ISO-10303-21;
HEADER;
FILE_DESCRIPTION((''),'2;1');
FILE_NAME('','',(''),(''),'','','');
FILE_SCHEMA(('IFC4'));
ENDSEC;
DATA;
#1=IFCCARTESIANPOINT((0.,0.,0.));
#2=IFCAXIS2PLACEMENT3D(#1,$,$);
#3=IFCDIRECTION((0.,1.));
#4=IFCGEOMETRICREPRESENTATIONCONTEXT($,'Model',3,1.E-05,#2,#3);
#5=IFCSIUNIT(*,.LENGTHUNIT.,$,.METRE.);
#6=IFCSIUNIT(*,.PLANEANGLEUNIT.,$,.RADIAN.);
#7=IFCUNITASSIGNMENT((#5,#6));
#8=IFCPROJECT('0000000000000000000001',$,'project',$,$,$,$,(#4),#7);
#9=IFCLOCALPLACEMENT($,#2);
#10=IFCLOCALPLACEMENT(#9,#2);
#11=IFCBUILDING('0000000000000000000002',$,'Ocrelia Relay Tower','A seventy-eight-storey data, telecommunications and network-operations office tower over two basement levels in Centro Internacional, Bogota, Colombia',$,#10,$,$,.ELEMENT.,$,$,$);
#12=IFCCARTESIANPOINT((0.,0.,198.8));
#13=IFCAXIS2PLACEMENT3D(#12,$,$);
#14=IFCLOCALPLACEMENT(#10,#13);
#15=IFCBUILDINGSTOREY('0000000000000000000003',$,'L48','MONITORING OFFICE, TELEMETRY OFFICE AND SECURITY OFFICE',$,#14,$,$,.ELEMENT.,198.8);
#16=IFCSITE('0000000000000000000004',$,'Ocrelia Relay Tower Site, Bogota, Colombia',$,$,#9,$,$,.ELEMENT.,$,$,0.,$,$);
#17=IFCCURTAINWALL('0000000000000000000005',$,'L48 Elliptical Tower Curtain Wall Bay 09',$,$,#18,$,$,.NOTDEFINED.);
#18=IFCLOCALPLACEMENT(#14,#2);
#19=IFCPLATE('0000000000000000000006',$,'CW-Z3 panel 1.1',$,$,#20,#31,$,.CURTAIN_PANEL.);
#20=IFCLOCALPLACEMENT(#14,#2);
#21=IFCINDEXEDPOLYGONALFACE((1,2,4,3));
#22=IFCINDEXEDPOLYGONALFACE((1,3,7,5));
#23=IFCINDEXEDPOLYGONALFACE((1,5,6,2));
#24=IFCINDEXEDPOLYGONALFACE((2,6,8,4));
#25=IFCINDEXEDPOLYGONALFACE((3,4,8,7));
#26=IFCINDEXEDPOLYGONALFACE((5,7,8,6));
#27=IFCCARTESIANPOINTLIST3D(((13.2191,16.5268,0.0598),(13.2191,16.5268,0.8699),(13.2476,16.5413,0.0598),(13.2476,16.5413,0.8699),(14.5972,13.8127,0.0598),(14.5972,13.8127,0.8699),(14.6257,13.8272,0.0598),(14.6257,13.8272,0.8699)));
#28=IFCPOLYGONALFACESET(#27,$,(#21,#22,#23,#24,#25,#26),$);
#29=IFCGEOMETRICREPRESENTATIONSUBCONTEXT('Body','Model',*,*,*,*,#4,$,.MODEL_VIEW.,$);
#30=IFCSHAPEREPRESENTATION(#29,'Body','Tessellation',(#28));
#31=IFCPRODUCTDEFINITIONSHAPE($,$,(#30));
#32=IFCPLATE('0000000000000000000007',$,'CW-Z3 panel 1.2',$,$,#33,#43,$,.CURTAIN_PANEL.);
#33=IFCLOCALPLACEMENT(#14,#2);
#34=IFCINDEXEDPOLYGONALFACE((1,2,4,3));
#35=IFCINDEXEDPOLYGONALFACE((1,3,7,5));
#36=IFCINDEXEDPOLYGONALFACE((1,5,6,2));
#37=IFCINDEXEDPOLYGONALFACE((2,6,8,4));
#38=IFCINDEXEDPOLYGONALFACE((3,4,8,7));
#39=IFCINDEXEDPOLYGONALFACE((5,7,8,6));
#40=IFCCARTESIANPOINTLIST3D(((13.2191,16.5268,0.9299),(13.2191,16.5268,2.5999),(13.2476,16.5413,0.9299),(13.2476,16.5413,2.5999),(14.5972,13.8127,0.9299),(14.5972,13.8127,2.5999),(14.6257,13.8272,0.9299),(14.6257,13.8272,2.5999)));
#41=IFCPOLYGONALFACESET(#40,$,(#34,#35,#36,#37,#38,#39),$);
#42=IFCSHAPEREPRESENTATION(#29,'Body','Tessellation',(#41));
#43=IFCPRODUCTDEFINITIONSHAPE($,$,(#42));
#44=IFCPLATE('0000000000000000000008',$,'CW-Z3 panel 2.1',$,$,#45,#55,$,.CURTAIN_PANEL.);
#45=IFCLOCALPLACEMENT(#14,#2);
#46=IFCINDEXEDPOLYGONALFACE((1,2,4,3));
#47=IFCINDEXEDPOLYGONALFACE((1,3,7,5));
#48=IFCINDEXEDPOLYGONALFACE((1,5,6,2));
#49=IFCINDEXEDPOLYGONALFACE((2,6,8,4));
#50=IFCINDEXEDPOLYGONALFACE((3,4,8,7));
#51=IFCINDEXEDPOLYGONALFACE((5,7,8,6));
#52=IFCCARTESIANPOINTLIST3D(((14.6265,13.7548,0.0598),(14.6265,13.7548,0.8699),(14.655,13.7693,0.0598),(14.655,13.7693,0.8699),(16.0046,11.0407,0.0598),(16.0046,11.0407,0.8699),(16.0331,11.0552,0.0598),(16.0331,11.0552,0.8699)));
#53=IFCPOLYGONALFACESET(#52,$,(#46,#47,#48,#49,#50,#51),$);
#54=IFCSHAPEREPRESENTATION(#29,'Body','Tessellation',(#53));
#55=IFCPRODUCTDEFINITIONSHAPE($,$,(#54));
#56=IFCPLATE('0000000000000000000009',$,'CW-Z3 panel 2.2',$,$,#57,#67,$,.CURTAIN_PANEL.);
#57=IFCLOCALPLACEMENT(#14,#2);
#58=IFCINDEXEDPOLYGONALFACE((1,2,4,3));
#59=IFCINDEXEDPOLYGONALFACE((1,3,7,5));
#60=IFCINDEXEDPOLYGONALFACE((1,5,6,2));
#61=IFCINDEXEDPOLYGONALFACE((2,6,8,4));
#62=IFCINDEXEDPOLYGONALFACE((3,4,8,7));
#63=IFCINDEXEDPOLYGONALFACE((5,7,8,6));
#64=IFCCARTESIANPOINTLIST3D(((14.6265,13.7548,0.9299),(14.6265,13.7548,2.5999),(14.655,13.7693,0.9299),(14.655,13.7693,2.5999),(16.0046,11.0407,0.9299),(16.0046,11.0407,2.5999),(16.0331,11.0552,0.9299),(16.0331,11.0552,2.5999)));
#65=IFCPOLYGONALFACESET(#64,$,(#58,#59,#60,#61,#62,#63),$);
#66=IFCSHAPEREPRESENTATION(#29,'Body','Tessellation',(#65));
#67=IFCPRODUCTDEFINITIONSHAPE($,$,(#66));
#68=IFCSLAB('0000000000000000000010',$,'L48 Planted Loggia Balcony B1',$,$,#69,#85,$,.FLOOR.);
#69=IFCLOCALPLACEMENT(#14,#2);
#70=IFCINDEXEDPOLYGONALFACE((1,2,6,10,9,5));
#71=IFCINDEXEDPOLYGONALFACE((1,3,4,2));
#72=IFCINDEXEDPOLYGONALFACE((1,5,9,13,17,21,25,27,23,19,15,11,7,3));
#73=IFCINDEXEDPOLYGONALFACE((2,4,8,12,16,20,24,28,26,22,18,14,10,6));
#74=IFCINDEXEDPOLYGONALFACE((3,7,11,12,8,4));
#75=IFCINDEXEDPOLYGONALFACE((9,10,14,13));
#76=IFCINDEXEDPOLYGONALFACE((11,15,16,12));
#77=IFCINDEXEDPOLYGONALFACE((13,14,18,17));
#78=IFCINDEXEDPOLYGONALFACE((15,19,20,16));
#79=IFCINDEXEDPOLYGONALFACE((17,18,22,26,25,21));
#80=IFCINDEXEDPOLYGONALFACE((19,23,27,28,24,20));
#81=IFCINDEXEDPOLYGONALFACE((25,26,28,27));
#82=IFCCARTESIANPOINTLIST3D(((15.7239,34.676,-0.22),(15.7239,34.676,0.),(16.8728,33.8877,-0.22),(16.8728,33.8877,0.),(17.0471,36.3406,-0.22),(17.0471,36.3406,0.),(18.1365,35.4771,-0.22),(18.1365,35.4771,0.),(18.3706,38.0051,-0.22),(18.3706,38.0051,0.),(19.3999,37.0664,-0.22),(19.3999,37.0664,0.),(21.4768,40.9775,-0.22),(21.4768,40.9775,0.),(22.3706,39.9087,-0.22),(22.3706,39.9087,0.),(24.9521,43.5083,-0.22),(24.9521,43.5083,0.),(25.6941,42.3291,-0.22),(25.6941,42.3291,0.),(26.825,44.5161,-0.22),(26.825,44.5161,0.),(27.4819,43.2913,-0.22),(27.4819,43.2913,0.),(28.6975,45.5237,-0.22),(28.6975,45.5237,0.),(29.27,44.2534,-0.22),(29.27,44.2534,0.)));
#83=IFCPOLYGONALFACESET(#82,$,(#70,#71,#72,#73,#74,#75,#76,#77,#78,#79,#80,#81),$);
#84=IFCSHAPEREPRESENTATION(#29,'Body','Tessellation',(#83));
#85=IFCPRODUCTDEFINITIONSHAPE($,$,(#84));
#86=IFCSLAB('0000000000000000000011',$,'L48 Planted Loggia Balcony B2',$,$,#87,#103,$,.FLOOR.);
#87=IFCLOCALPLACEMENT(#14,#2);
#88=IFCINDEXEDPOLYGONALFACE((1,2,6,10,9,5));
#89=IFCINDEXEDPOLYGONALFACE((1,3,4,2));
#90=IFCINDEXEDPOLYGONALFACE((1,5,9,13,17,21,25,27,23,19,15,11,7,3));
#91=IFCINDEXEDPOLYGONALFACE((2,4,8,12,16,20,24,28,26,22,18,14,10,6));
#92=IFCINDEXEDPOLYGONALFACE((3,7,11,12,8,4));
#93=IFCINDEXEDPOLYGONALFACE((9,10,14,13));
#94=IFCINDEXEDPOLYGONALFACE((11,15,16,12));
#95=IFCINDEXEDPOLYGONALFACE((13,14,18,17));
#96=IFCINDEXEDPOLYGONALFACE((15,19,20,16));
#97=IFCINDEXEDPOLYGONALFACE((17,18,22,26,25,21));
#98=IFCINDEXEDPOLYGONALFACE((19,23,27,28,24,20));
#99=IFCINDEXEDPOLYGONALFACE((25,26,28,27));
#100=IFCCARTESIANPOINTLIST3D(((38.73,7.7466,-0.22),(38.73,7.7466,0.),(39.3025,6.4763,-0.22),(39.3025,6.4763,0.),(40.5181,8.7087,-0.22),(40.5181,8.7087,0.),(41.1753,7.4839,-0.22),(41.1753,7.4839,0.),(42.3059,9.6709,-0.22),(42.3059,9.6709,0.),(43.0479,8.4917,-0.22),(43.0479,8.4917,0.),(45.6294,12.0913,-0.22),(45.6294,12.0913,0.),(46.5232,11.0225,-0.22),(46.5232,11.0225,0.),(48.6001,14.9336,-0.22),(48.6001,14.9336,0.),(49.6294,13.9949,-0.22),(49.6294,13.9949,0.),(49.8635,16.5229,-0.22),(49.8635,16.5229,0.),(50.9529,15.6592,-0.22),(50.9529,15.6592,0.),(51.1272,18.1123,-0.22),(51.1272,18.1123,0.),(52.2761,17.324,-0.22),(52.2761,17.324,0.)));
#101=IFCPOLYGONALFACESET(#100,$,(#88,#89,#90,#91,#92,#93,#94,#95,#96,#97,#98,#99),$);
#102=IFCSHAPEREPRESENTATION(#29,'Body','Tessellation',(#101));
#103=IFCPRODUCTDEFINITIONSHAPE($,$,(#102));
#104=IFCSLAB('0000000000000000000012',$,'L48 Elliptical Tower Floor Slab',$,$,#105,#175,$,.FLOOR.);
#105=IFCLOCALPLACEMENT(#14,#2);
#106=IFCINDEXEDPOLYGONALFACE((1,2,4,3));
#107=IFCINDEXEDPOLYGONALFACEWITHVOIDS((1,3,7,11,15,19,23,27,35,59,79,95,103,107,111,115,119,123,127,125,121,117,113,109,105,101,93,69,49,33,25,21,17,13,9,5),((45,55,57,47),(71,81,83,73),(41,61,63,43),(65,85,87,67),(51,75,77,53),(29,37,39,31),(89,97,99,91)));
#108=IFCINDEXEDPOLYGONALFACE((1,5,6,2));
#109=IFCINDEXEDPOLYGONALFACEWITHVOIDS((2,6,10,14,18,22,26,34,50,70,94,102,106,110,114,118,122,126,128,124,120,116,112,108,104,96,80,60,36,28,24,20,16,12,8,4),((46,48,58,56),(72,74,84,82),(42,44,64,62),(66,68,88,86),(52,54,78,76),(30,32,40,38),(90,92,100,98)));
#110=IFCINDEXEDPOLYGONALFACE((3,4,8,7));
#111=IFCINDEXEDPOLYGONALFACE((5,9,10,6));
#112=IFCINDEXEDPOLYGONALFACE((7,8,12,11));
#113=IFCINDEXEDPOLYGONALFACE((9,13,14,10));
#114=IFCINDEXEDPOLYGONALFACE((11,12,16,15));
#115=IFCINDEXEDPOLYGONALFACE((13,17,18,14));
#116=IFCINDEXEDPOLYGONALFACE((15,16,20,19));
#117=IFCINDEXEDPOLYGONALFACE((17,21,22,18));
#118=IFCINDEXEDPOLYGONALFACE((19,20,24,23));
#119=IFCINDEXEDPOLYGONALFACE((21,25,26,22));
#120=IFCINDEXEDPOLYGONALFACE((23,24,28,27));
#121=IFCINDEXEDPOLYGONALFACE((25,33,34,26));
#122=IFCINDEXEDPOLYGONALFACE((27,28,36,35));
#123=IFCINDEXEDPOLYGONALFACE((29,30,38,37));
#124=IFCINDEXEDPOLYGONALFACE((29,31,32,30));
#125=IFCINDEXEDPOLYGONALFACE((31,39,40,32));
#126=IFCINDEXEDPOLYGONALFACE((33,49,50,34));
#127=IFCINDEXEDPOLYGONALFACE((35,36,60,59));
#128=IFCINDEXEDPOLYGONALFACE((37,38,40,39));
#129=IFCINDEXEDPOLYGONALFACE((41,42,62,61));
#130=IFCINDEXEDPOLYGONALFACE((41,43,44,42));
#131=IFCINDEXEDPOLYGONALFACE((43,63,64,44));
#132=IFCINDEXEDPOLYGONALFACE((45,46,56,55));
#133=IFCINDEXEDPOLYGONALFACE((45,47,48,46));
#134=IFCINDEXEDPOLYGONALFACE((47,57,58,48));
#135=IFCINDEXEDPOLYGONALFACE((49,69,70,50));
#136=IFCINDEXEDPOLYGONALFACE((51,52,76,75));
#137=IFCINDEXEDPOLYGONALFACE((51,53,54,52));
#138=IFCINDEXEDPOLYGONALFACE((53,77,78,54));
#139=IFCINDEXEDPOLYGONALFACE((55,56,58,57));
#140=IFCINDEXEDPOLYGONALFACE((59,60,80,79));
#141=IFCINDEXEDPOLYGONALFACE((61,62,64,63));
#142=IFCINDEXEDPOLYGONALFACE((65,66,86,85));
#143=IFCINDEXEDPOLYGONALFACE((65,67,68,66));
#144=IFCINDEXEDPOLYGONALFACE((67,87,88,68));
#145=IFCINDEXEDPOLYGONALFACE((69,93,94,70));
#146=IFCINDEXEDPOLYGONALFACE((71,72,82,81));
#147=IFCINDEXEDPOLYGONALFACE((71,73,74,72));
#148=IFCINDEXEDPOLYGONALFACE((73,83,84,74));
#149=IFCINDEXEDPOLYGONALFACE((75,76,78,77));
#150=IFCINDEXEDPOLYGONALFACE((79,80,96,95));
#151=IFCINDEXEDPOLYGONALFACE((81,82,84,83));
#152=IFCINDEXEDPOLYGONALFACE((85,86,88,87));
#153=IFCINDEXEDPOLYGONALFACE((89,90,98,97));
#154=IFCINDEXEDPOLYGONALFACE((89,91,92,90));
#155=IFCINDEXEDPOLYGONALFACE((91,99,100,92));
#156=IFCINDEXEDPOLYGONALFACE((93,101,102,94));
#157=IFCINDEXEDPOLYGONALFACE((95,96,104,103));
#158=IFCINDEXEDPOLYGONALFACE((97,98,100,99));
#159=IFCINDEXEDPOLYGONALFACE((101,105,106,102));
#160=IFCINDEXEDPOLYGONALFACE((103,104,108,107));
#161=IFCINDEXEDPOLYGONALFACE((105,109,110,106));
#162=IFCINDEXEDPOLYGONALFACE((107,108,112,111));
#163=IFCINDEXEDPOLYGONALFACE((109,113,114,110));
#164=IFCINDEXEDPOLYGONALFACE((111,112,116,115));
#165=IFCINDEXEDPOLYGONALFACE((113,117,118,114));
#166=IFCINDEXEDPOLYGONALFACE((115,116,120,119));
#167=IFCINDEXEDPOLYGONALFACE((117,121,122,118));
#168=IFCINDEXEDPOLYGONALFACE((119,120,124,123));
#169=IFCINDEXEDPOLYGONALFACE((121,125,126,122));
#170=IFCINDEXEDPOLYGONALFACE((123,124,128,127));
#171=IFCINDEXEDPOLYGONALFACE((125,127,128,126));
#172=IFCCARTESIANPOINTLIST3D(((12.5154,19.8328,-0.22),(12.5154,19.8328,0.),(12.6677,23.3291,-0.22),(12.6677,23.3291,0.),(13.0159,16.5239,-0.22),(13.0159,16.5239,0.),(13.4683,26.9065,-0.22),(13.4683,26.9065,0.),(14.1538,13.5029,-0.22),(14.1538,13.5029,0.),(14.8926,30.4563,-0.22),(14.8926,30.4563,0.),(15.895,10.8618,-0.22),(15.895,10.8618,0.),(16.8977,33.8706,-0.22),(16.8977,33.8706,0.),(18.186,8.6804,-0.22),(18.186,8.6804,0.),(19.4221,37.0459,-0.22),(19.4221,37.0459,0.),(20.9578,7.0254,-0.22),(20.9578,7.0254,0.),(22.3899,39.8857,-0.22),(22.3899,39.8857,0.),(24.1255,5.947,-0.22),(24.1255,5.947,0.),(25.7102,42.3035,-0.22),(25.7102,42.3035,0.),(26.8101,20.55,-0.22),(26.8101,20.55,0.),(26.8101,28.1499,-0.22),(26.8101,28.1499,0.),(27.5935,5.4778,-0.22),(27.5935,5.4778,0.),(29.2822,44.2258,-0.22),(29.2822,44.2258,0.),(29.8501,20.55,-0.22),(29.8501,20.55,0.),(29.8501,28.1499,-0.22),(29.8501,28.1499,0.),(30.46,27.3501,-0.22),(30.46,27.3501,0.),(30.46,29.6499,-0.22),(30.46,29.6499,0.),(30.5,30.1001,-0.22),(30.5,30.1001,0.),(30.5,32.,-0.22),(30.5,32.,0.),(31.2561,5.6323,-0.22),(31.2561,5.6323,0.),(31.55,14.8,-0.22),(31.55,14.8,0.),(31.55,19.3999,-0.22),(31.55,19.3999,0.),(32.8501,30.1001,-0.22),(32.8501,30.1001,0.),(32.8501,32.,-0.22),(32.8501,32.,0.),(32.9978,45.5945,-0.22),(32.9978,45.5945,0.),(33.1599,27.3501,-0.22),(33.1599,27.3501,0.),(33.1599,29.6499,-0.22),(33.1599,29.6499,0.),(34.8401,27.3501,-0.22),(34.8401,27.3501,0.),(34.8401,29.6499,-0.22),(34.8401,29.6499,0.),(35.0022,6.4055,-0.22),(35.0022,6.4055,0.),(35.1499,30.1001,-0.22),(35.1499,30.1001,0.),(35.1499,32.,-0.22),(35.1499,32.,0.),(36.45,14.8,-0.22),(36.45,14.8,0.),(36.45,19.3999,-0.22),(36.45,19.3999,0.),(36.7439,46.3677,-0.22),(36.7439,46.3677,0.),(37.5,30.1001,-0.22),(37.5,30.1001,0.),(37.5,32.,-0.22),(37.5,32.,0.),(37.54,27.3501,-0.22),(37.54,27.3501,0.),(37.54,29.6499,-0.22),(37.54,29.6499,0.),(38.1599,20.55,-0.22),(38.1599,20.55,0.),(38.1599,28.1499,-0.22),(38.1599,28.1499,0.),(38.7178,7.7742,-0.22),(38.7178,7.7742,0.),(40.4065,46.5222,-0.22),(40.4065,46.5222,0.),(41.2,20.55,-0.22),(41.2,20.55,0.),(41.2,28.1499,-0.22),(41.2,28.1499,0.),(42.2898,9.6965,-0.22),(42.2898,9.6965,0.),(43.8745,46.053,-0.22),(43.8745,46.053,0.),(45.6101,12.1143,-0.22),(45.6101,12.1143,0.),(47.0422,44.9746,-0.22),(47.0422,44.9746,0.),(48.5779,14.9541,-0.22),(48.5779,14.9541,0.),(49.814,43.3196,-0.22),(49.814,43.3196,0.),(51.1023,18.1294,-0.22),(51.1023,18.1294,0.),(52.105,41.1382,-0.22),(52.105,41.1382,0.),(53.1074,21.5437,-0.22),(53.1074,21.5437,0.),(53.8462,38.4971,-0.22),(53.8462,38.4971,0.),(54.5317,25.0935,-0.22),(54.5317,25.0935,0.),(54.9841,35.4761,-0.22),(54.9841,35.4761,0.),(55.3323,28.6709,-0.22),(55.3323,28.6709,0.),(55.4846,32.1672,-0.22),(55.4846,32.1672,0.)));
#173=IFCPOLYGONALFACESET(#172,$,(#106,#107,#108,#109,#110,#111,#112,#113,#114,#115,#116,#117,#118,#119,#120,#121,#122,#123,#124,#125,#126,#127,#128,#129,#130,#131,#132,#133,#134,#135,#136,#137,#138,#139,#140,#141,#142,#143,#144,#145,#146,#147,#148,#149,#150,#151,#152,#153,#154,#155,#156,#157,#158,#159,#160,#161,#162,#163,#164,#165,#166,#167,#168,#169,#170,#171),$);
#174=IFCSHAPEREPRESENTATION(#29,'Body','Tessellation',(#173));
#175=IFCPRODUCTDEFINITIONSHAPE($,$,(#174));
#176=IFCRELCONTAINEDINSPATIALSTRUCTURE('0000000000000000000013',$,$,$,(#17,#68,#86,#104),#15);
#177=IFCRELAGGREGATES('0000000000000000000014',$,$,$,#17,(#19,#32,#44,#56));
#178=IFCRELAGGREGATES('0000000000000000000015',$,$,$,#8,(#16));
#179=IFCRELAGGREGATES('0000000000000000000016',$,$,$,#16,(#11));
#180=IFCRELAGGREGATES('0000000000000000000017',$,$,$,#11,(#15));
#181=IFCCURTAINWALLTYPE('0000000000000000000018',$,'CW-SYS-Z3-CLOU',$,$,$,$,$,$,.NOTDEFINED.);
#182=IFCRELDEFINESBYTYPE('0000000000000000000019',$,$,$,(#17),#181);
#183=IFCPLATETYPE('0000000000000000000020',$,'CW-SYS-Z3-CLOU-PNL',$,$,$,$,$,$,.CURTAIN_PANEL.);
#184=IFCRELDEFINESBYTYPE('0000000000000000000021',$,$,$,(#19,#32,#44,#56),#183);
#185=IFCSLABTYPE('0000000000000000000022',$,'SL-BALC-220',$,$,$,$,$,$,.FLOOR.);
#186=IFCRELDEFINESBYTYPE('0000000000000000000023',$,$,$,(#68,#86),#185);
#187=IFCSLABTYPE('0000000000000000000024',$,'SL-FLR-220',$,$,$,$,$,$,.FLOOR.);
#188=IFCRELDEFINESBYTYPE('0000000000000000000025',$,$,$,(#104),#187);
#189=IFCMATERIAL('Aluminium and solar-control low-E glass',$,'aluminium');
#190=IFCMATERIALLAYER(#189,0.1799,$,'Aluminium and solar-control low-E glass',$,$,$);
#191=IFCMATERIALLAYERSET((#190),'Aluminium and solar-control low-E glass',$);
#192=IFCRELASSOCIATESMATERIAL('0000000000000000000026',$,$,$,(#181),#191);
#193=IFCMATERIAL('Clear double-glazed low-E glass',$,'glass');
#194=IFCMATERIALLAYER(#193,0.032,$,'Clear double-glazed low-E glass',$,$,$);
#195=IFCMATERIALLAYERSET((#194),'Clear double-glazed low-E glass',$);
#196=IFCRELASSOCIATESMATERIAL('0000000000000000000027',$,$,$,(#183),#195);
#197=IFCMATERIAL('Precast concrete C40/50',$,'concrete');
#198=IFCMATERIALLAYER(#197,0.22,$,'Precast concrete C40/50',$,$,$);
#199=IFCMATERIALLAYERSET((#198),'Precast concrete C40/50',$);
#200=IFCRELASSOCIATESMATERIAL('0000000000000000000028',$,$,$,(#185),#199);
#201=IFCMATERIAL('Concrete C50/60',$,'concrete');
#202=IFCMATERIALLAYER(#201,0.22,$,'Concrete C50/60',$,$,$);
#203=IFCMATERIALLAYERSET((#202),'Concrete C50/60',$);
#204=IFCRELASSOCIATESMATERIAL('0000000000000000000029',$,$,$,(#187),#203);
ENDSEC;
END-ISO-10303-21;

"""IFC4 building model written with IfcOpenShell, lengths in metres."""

from ifc_helpers import new_model, si_unit, direction, frame, origin, origin_2d, place, context, subcontext, project, spatial, polyline, rectangle, outline, extrude, material, layer, layer_set, type_object, element, aggregate, save


model = new_model("IFC4")

# Units and contexts
model_context = context("Model", 3, precision=1e-05, world=origin(), true_north=direction((0.0, 1.0)))
body_context = subcontext(model_context, "Body", "Model", "MODEL_VIEW")
ifc_project = project(units=[si_unit("LENGTHUNIT", "METRE"), si_unit("PLANEANGLEUNIT", "RADIAN")], contexts=[model_context])

# Site, building, storey
site_placement = place(None, origin())
site = spatial("IfcSite", under=ifc_project, at=site_placement, Name="Ocrelia Relay Tower Site, Bogota, Colombia", CompositionType="ELEMENT", RefElevation=0.0)
building_placement = place(site_placement, origin())
building = spatial("IfcBuilding", under=site, at=building_placement, Name="Ocrelia Relay Tower", Description="A seventy-eight-storey data, telecommunications and network-operations office tower over two basement levels in Centro Internacional, Bogota, Colombia", CompositionType="ELEMENT")
storey_placement = place(building_placement, frame((0.0, 0.0, 198.8)))
storey = spatial("IfcBuildingStorey", under=building, at=storey_placement, Name="L48", Description="MONITORING OFFICE, TELEMETRY OFFICE AND SECURITY OFFICE", CompositionType="ELEMENT", Elevation=198.8)

# Curtain wall
ifc_material_1 = material(Name="Aluminium and solar-control low-E glass", Category="aluminium")
ifc_layer_1 = layer(ifc_material_1, 0.1799, Name="Aluminium and solar-control low-E glass")
ifc_layer_set_1 = layer_set([ifc_layer_1], Name="Aluminium and solar-control low-E glass")
curtain_wall_type = type_object("IfcCurtainWallType", Name="CW-SYS-Z3-CLOU", PredefinedType="NOTDEFINED", material=ifc_layer_set_1)
curtain_wall_1_placement = place(storey_placement, origin())
curtain_wall_1 = element("IfcCurtainWall", 1, at=curtain_wall_1_placement, inside=storey, type_object=curtain_wall_type, Name="L48 Elliptical Tower Curtain Wall Bay 09", PredefinedType="NOTDEFINED")

# Plates
ifc_material_2 = material(Name="Clear double-glazed low-E glass", Category="glass")
ifc_layer_2 = layer(ifc_material_2, 0.032, Name="Clear double-glazed low-E glass")
ifc_layer_set_2 = layer_set([ifc_layer_2], Name="Clear double-glazed low-E glass")
plate_type = type_object("IfcPlateType", Name="CW-SYS-Z3-CLOU-PNL", PredefinedType="CURTAIN_PANEL", material=ifc_layer_set_2)
plate_1_placement = place(storey_placement, frame((13.9224, 15.177, 0.0598), z_axis=(0.0, 0.0, 1.0), x_axis=(0.452738, -0.891644, 0.0)))
plate_1 = element("IfcPlate", 2, at=plate_1_placement, type_object=plate_type, Name="CW-Z3 panel 1.1", PredefinedType="CURTAIN_PANEL", context=body_context, shape_type="SweptSolid", body=[
    extrude(rectangle(XDim=3.0439, YDim=0.032, at=origin_2d()), origin(), (0.0, 0.0, 1.0), 0.8101),
])
plate_2_placement = place(storey_placement, frame((13.9224, 15.177, 0.9299), z_axis=(0.0, 0.0, 1.0), x_axis=(0.452738, -0.891644, 0.0)))
plate_2 = element("IfcPlate", 3, at=plate_2_placement, type_object=plate_type, Name="CW-Z3 panel 1.2", PredefinedType="CURTAIN_PANEL", context=body_context, shape_type="SweptSolid", body=[
    extrude(rectangle(XDim=3.0439, YDim=0.032, at=origin_2d()), origin(), (0.0, 0.0, 1.0), 1.6699),
])
plate_3_placement = place(storey_placement, frame((15.3298, 12.405, 0.0598), z_axis=(0.0, 0.0, 1.0), x_axis=(0.452738, -0.891644, 0.0)))
plate_3 = element("IfcPlate", 4, at=plate_3_placement, type_object=plate_type, Name="CW-Z3 panel 2.1", PredefinedType="CURTAIN_PANEL", context=body_context, shape_type="SweptSolid", body=[
    extrude(rectangle(XDim=3.0439, YDim=0.032, at=origin_2d()), origin(), (0.0, 0.0, 1.0), 0.8101),
])
plate_4_placement = place(storey_placement, frame((15.3298, 12.405, 0.9299), z_axis=(0.0, 0.0, 1.0), x_axis=(0.452738, -0.891644, 0.0)))
plate_4 = element("IfcPlate", 5, at=plate_4_placement, type_object=plate_type, Name="CW-Z3 panel 2.2", PredefinedType="CURTAIN_PANEL", context=body_context, shape_type="SweptSolid", body=[
    extrude(rectangle(XDim=3.0439, YDim=0.032, at=origin_2d()), origin(), (0.0, 0.0, 1.0), 1.6699),
])
aggregate(curtain_wall_1, [plate_1, plate_2, plate_3, plate_4])

# Slabs
ifc_material_3 = material(Name="Precast concrete C40/50", Category="concrete")
ifc_layer_3 = layer(ifc_material_3, 0.22, Name="Precast concrete C40/50")
ifc_layer_set_3 = layer_set([ifc_layer_3], Name="Precast concrete C40/50")
slab_type_1 = type_object("IfcSlabType", Name="SL-BALC-220", PredefinedType="FLOOR", material=ifc_layer_set_3)
slab_1_placement = place(storey_placement, frame((0.0, 0.0, -0.22)))
element("IfcSlab", 6, at=slab_1_placement, inside=storey, type_object=slab_type_1, Name="L48 Planted Loggia Balcony B1", PredefinedType="FLOOR", context=body_context, shape_type="SweptSolid", body=[
    extrude(outline(polyline([(29.27, 44.2534), (27.4819, 43.2913), (25.6941, 42.3291), (22.3706, 39.9087), (19.3999, 37.0664), (18.1365, 35.4771), (16.8728, 33.8877), (15.7239, 34.676), (17.0471, 36.3406), (18.3706, 38.0051), (21.4768, 40.9775), (24.9521, 43.5083), (26.825, 44.5161), (28.6975, 45.5237), (29.27, 44.2534)])), origin(), (0.0, 0.0, 1.0), 0.22),
])
slab_2_placement = place(storey_placement, frame((0.0, 0.0, -0.22)))
element("IfcSlab", 7, at=slab_2_placement, inside=storey, type_object=slab_type_1, Name="L48 Planted Loggia Balcony B2", PredefinedType="FLOOR", context=body_context, shape_type="SweptSolid", body=[
    extrude(outline(polyline([(38.73, 7.7466), (40.5181, 8.7087), (42.3059, 9.6709), (45.6294, 12.0913), (48.6001, 14.9336), (49.8635, 16.5229), (51.1272, 18.1123), (52.2761, 17.324), (50.9529, 15.6592), (49.6294, 13.9949), (46.5232, 11.0225), (43.0479, 8.4917), (41.1753, 7.4839), (39.3025, 6.4763), (38.73, 7.7466)])), origin(), (0.0, 0.0, 1.0), 0.22),
])
ifc_material_4 = material(Name="Concrete C50/60", Category="concrete")
ifc_layer_4 = layer(ifc_material_4, 0.22, Name="Concrete C50/60")
ifc_layer_set_4 = layer_set([ifc_layer_4], Name="Concrete C50/60")
slab_type_2 = type_object("IfcSlabType", Name="SL-FLR-220", PredefinedType="FLOOR", material=ifc_layer_set_4)
slab_3_placement = place(storey_placement, frame((0.0, 0.0, -0.22)))
element("IfcSlab", 8, at=slab_3_placement, inside=storey, type_object=slab_type_2, Name="L48 Elliptical Tower Floor Slab", PredefinedType="FLOOR", context=body_context, shape_type="SweptSolid", body=[
    extrude(outline(polyline([(52.105, 41.1382), (49.814, 43.3196), (47.0422, 44.9746), (43.8745, 46.053), (40.4065, 46.5222), (36.7439, 46.3677), (32.9978, 45.5945), (29.2822, 44.2258), (25.7102, 42.3035), (22.3899, 39.8857), (19.4221, 37.0459), (16.8977, 33.8706), (14.8926, 30.4563), (13.4683, 26.9065), (12.6677, 23.3291), (12.5154, 19.8328), (13.0159, 16.5239), (14.1538, 13.5029), (15.895, 10.8618), (18.186, 8.6804), (20.9578, 7.0254), (24.1255, 5.947), (27.5935, 5.4778), (31.2561, 5.6323), (35.0022, 6.4055), (38.7178, 7.7742), (42.2898, 9.6965), (45.6101, 12.1143), (48.5779, 14.9541), (51.1023, 18.1294), (53.1074, 21.5437), (54.5317, 25.0935), (55.3323, 28.6709), (55.4846, 32.1672), (54.9841, 35.4761), (53.8462, 38.4971), (52.105, 41.1382)]), holes=[polyline([(26.8101, 28.1499), (26.8101, 20.55), (29.8501, 20.55), (29.8501, 28.1499), (26.8101, 28.1499)]), polyline([(38.1599, 28.1499), (38.1599, 20.55), (41.2, 20.55), (41.2, 28.1499), (38.1599, 28.1499)]), polyline([(30.46, 27.3501), (33.1599, 27.3501), (33.1599, 29.6499), (30.46, 29.6499), (30.46, 27.3501)]), polyline([(34.8401, 27.3501), (37.54, 27.3501), (37.54, 29.6499), (34.8401, 29.6499), (34.8401, 27.3501)]), polyline([(30.5, 30.1001), (32.8501, 30.1001), (32.8501, 32.0), (30.5, 32.0), (30.5, 30.1001)]), polyline([(35.1499, 30.1001), (37.5, 30.1001), (37.5, 32.0), (35.1499, 32.0), (35.1499, 30.1001)]), polyline([(31.55, 14.8), (36.45, 14.8), (36.45, 19.3999), (31.55, 19.3999), (31.55, 14.8)])]), origin(), (0.0, 0.0, 1.0), 0.22),
])

save(model, "model.ifc")
